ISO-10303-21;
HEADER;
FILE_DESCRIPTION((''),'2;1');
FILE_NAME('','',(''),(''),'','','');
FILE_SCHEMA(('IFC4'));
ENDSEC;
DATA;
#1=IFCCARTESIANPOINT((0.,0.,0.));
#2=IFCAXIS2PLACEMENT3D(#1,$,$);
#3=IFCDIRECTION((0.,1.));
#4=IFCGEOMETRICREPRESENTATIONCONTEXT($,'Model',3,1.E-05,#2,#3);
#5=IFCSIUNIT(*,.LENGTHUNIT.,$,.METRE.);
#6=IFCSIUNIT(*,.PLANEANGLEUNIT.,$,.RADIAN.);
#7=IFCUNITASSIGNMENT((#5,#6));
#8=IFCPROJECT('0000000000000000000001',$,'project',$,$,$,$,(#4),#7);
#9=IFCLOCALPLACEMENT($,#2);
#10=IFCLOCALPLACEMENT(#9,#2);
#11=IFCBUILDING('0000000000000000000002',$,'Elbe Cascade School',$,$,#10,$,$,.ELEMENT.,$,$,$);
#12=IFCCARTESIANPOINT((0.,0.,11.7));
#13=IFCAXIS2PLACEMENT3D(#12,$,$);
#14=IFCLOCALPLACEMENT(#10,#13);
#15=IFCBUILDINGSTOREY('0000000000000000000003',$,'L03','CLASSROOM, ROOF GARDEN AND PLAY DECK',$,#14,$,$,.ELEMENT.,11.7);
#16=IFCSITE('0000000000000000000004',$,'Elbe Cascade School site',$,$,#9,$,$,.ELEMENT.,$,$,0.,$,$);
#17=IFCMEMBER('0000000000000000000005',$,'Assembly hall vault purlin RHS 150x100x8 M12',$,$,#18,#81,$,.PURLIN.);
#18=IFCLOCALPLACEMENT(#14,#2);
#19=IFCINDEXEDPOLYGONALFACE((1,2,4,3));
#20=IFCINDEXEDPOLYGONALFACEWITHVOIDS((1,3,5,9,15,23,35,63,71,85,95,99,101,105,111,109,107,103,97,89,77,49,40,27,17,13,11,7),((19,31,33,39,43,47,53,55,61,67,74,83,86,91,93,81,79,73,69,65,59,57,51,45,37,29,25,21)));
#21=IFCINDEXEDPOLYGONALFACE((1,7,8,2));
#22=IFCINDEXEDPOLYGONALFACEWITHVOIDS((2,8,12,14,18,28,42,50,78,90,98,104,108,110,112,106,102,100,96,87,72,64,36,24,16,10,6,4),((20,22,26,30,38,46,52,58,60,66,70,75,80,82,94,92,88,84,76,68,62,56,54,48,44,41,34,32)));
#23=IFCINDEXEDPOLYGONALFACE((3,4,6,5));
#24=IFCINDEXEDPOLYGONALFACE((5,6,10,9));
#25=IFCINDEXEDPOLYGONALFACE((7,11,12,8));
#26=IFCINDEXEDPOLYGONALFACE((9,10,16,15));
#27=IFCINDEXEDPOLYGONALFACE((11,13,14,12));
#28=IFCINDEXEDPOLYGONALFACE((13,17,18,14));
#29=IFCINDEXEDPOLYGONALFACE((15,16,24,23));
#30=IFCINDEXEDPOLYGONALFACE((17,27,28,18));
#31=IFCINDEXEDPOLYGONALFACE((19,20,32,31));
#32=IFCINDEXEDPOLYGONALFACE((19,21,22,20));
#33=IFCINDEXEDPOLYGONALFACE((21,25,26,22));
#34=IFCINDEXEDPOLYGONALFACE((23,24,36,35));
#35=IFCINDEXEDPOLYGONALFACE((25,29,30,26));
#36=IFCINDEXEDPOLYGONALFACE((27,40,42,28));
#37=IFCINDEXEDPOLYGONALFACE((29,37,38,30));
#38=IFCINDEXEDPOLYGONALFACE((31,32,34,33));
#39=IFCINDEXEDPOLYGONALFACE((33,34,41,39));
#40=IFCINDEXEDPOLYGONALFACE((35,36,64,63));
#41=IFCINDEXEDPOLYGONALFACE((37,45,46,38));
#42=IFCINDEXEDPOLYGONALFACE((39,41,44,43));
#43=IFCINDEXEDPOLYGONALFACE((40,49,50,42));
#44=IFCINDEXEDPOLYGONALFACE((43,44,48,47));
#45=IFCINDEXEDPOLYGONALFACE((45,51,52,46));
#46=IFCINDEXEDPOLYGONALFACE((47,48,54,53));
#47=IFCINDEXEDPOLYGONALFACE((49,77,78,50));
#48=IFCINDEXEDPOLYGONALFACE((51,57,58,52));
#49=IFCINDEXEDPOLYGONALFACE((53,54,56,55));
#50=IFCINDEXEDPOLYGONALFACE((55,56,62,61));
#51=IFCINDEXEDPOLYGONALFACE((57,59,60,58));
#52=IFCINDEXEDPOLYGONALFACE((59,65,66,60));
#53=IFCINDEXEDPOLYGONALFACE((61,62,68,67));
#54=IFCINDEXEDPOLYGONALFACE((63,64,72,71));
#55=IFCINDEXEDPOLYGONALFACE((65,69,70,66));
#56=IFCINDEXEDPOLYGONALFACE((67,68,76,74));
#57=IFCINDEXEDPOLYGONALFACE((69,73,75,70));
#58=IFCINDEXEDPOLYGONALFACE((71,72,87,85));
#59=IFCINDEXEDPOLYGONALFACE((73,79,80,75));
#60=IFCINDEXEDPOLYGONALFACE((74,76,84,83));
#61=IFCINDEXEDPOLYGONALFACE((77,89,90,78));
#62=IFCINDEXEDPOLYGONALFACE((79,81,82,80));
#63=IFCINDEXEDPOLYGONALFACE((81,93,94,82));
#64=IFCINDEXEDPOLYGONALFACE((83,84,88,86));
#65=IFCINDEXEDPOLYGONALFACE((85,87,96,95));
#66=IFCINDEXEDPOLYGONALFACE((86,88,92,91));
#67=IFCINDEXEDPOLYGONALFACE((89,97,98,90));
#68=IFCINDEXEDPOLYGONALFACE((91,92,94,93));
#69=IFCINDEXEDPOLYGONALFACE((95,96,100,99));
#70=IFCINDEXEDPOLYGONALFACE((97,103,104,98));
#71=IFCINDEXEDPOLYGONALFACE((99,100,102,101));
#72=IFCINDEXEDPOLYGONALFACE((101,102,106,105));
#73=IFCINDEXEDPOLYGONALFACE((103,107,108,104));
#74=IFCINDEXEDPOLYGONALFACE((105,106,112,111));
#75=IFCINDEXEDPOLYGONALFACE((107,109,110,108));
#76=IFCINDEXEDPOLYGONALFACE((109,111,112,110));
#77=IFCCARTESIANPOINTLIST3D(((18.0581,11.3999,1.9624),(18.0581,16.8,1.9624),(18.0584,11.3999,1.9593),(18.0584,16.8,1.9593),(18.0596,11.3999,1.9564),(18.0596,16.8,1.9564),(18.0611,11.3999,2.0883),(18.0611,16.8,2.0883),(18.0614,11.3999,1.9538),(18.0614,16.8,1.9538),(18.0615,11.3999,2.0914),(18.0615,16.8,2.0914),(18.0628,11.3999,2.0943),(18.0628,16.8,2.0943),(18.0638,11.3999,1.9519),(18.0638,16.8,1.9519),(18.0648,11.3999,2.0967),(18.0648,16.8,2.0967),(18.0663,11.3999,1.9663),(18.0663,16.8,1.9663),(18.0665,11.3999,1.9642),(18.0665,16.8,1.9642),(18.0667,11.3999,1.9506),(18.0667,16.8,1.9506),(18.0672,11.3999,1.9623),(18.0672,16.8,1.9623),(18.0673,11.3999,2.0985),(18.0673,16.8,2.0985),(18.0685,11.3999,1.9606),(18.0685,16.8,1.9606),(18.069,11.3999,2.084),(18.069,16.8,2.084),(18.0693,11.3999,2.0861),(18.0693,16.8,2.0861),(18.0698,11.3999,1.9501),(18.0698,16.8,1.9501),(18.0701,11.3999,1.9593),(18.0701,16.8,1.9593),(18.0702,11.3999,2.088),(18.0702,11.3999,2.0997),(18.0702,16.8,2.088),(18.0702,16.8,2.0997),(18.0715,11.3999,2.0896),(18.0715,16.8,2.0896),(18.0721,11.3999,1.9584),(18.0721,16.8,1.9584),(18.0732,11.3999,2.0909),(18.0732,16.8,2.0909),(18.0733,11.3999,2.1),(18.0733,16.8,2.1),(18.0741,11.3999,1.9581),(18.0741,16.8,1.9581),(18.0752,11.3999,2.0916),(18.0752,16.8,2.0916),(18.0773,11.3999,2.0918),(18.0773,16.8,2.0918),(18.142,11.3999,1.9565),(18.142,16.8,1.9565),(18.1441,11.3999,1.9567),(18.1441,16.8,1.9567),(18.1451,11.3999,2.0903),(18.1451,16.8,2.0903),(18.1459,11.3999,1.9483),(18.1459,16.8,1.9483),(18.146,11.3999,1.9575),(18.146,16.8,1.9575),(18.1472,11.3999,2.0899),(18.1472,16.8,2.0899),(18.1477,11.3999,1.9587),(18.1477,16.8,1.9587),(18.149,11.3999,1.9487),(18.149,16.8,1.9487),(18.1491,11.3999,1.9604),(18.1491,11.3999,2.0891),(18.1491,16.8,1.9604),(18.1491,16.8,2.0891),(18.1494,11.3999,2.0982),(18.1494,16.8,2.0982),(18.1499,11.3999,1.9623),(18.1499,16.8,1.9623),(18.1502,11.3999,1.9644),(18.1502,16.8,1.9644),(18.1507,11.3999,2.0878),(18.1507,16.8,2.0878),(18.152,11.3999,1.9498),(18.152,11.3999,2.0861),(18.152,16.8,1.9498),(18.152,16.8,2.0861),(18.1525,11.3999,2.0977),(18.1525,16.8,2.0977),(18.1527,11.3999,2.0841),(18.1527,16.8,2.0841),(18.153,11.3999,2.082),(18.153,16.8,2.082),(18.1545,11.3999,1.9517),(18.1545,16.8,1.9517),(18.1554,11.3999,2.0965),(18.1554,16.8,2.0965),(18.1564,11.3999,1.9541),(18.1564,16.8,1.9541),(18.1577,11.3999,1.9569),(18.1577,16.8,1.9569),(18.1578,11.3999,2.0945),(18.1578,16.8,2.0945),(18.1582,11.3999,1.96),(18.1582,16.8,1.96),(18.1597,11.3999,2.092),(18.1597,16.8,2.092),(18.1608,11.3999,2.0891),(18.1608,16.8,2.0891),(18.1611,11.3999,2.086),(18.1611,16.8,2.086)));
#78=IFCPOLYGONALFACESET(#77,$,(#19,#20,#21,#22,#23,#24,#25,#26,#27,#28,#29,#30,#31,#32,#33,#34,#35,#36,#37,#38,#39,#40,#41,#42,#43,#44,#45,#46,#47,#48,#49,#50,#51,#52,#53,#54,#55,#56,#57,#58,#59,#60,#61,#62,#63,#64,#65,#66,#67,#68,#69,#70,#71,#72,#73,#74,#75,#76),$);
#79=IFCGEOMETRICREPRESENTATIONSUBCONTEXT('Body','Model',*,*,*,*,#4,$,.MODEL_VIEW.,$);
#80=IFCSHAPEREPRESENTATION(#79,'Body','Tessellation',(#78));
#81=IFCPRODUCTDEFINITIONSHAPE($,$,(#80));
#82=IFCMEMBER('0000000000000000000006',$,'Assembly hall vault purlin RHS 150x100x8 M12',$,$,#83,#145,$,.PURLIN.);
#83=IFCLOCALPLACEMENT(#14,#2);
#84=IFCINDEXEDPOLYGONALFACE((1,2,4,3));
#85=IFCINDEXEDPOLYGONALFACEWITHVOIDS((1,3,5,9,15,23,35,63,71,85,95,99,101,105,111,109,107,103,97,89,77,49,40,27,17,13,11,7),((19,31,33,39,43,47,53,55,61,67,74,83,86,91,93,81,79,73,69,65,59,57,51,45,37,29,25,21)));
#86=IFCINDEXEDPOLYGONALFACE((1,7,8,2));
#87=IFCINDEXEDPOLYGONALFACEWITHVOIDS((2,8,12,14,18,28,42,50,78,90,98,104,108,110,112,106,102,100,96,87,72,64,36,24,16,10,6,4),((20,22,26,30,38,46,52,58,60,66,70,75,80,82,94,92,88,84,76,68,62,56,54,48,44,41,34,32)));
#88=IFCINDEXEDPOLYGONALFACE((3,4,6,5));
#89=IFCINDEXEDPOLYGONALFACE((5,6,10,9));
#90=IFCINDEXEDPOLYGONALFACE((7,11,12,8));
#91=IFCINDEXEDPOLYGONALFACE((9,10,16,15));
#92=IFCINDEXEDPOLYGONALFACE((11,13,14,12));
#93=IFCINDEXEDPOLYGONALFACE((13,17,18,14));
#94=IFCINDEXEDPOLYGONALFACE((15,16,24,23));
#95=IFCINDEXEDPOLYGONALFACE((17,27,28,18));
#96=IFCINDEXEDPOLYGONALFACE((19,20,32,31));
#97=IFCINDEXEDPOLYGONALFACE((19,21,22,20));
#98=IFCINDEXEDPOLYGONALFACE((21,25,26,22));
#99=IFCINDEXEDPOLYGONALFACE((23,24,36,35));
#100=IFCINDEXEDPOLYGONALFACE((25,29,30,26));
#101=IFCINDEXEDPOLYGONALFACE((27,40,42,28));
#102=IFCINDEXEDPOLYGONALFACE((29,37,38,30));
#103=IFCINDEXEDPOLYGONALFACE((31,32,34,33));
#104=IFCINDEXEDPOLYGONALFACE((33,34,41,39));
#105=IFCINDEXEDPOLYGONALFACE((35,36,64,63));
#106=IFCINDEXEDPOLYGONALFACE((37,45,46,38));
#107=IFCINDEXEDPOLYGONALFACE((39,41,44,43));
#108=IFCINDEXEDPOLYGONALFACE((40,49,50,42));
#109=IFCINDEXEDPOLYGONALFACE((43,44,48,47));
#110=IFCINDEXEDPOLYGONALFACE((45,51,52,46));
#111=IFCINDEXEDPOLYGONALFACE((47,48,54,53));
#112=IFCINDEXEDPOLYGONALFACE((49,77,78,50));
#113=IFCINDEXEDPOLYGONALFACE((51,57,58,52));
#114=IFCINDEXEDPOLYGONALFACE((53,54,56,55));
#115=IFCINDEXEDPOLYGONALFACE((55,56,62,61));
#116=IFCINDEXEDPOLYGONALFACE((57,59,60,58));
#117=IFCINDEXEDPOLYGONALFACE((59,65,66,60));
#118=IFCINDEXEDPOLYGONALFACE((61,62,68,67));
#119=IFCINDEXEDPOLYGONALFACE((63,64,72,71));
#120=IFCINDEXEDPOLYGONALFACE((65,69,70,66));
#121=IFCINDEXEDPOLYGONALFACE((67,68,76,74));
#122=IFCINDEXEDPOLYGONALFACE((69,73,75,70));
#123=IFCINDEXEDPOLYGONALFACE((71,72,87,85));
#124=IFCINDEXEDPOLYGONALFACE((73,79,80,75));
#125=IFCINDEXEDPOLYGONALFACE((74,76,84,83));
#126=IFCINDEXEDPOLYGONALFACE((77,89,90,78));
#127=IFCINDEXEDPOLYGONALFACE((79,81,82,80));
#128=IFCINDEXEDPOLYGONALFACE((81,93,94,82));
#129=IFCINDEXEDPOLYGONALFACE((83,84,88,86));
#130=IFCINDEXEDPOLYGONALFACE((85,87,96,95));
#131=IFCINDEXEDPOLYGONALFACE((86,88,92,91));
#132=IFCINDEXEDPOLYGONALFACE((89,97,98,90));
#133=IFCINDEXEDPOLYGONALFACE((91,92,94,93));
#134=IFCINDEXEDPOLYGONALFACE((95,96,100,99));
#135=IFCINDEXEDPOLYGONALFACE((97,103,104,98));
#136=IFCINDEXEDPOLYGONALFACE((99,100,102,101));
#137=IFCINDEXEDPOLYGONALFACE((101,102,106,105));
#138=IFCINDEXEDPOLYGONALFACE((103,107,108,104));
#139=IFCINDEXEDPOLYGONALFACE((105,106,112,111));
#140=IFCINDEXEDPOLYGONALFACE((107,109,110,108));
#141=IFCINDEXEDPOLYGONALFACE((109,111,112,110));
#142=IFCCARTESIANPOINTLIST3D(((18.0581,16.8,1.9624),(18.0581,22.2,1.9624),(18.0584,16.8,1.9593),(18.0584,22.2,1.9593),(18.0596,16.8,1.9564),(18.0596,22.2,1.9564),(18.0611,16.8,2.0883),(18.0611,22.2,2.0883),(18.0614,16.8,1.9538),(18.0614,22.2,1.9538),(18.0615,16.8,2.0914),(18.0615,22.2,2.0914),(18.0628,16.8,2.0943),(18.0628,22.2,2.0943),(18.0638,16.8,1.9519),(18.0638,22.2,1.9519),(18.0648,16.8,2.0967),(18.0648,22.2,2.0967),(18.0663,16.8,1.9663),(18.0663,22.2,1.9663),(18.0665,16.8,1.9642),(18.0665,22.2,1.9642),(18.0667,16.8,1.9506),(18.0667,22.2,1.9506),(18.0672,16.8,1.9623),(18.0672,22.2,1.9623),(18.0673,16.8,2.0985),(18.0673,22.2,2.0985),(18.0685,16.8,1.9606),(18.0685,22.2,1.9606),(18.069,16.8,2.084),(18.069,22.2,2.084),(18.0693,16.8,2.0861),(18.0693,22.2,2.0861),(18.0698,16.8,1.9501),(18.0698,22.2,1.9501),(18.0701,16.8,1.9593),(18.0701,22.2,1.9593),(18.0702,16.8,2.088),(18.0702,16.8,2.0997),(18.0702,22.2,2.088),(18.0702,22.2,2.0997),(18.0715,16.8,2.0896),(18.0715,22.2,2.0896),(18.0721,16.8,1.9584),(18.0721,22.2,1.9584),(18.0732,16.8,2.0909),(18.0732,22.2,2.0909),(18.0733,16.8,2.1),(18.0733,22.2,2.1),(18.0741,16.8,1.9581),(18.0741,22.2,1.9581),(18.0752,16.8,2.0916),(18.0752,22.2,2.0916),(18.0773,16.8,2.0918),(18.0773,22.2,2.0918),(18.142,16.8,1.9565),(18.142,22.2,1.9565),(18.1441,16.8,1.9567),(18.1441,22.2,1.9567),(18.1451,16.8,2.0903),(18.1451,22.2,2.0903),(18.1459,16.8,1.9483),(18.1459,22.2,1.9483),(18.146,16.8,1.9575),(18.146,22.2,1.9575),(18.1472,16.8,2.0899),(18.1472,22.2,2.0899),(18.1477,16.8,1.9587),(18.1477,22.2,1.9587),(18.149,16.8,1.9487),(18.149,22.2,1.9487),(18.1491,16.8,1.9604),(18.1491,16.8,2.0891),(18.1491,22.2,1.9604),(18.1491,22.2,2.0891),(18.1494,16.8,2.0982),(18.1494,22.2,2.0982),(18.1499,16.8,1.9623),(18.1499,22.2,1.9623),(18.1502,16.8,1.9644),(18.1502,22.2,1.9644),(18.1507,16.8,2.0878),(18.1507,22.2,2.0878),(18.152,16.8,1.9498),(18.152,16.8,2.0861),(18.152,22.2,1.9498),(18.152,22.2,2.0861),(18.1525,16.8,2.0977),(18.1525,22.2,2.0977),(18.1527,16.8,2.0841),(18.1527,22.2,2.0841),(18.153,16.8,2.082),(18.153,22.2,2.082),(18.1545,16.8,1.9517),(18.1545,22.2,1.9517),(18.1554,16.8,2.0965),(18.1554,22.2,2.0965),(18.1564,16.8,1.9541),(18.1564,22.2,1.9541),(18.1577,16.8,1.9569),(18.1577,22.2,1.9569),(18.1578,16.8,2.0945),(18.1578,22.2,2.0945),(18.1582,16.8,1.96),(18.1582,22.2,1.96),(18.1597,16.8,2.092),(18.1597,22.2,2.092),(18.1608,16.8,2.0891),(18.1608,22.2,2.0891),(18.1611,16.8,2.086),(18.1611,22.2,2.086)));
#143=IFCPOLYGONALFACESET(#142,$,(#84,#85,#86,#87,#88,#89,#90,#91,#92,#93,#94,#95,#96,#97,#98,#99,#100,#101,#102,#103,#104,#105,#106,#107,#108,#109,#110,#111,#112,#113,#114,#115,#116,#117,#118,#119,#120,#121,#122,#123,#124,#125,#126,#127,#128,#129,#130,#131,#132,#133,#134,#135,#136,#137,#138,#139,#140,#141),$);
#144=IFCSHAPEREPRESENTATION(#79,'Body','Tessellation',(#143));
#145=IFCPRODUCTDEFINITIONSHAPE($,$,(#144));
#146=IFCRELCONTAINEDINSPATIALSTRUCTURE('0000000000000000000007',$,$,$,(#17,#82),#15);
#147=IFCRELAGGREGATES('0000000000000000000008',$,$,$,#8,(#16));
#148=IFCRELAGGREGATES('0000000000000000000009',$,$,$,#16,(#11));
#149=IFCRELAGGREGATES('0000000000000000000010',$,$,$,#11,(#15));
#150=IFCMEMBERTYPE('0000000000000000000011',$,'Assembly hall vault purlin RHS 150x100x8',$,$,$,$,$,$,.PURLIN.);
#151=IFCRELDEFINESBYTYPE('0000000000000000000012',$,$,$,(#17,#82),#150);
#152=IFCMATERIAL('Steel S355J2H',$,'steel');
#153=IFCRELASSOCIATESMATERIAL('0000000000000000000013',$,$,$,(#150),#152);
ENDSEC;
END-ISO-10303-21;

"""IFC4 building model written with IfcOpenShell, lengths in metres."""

from ifc_helpers import new_model, si_unit, direction, frame, origin, origin_2d, place, context, subcontext, project, spatial, hollow_rectangle, extrude, material, material_profile, profile_set, type_object, element, save


model = new_model("IFC4")

# Units and contexts
model_context = context("Model", 3, precision=1e-05, world=origin(), true_north=direction((0.0, 1.0)))
body_context = subcontext(model_context, "Body", "Model", "MODEL_VIEW")
ifc_project = project(units=[si_unit("LENGTHUNIT", "METRE"), si_unit("PLANEANGLEUNIT", "RADIAN")], contexts=[model_context])

# Site, building, storey
site_placement = place(None, origin())
site = spatial("IfcSite", under=ifc_project, at=site_placement, Name="Elbe Cascade School site", CompositionType="ELEMENT", RefElevation=0.0)
building_placement = place(site_placement, origin())
building = spatial("IfcBuilding", under=site, at=building_placement, Name="Elbe Cascade School", CompositionType="ELEMENT")
storey_placement = place(building_placement, frame((0.0, 0.0, 11.7)))
storey = spatial("IfcBuildingStorey", under=building, at=storey_placement, Name="L03", Description="CLASSROOM, ROOF GARDEN AND PLAY DECK", CompositionType="ELEMENT", Elevation=11.7)

# Members
ifc_material_1 = material(Name="Steel S355J2H", Category="steel")
ifc_material_profile_1 = material_profile(ifc_material_1, hollow_rectangle(XDim=0.1001, YDim=0.1499, WallThickness=0.0081, InnerFilletRadius=0.0081, OuterFilletRadius=0.012, at=origin_2d()), Name="RHS 150x100x8")
ifc_profile_set_1 = profile_set([ifc_material_profile_1], Name="Steel S355J2H")
member_type_1 = type_object("IfcMemberType", Name="Assembly hall vault purlin RHS 150x100x8", PredefinedType="PURLIN", material=ifc_profile_set_1)
member_1_placement = place(storey_placement, frame((18.1096, 11.3999, 2.0242), z_axis=(0.0, 1.0, 0.0), x_axis=(-0.999727, 0.0, 0.023378)))
element("IfcMember", 1, at=member_1_placement, inside=storey, type_object=member_type_1, Name="Assembly hall vault purlin RHS 150x100x8 M12", PredefinedType="PURLIN", context=body_context, shape_type="SweptSolid", body=[
    extrude(hollow_rectangle(XDim=0.1001, YDim=0.1499, WallThickness=0.0081, InnerFilletRadius=0.0081, OuterFilletRadius=0.012, at=origin_2d()), origin(), (0.0, 0.0, 1.0), 5.4001),
])
member_2_placement = place(storey_placement, frame((18.1096, 16.8, 2.0242), z_axis=(0.0, 1.0, 0.0), x_axis=(-0.999727, 0.0, 0.023378)))
element("IfcMember", 2, at=member_2_placement, inside=storey, type_object=member_type_1, Name="Assembly hall vault purlin RHS 150x100x8 M12", PredefinedType="PURLIN", context=body_context, shape_type="SweptSolid", body=[
    extrude(hollow_rectangle(XDim=0.1001, YDim=0.1499, WallThickness=0.0081, InnerFilletRadius=0.0081, OuterFilletRadius=0.012, at=origin_2d()), origin(), (0.0, 0.0, 1.0), 5.3999),
])

save(model, "model.ifc")
